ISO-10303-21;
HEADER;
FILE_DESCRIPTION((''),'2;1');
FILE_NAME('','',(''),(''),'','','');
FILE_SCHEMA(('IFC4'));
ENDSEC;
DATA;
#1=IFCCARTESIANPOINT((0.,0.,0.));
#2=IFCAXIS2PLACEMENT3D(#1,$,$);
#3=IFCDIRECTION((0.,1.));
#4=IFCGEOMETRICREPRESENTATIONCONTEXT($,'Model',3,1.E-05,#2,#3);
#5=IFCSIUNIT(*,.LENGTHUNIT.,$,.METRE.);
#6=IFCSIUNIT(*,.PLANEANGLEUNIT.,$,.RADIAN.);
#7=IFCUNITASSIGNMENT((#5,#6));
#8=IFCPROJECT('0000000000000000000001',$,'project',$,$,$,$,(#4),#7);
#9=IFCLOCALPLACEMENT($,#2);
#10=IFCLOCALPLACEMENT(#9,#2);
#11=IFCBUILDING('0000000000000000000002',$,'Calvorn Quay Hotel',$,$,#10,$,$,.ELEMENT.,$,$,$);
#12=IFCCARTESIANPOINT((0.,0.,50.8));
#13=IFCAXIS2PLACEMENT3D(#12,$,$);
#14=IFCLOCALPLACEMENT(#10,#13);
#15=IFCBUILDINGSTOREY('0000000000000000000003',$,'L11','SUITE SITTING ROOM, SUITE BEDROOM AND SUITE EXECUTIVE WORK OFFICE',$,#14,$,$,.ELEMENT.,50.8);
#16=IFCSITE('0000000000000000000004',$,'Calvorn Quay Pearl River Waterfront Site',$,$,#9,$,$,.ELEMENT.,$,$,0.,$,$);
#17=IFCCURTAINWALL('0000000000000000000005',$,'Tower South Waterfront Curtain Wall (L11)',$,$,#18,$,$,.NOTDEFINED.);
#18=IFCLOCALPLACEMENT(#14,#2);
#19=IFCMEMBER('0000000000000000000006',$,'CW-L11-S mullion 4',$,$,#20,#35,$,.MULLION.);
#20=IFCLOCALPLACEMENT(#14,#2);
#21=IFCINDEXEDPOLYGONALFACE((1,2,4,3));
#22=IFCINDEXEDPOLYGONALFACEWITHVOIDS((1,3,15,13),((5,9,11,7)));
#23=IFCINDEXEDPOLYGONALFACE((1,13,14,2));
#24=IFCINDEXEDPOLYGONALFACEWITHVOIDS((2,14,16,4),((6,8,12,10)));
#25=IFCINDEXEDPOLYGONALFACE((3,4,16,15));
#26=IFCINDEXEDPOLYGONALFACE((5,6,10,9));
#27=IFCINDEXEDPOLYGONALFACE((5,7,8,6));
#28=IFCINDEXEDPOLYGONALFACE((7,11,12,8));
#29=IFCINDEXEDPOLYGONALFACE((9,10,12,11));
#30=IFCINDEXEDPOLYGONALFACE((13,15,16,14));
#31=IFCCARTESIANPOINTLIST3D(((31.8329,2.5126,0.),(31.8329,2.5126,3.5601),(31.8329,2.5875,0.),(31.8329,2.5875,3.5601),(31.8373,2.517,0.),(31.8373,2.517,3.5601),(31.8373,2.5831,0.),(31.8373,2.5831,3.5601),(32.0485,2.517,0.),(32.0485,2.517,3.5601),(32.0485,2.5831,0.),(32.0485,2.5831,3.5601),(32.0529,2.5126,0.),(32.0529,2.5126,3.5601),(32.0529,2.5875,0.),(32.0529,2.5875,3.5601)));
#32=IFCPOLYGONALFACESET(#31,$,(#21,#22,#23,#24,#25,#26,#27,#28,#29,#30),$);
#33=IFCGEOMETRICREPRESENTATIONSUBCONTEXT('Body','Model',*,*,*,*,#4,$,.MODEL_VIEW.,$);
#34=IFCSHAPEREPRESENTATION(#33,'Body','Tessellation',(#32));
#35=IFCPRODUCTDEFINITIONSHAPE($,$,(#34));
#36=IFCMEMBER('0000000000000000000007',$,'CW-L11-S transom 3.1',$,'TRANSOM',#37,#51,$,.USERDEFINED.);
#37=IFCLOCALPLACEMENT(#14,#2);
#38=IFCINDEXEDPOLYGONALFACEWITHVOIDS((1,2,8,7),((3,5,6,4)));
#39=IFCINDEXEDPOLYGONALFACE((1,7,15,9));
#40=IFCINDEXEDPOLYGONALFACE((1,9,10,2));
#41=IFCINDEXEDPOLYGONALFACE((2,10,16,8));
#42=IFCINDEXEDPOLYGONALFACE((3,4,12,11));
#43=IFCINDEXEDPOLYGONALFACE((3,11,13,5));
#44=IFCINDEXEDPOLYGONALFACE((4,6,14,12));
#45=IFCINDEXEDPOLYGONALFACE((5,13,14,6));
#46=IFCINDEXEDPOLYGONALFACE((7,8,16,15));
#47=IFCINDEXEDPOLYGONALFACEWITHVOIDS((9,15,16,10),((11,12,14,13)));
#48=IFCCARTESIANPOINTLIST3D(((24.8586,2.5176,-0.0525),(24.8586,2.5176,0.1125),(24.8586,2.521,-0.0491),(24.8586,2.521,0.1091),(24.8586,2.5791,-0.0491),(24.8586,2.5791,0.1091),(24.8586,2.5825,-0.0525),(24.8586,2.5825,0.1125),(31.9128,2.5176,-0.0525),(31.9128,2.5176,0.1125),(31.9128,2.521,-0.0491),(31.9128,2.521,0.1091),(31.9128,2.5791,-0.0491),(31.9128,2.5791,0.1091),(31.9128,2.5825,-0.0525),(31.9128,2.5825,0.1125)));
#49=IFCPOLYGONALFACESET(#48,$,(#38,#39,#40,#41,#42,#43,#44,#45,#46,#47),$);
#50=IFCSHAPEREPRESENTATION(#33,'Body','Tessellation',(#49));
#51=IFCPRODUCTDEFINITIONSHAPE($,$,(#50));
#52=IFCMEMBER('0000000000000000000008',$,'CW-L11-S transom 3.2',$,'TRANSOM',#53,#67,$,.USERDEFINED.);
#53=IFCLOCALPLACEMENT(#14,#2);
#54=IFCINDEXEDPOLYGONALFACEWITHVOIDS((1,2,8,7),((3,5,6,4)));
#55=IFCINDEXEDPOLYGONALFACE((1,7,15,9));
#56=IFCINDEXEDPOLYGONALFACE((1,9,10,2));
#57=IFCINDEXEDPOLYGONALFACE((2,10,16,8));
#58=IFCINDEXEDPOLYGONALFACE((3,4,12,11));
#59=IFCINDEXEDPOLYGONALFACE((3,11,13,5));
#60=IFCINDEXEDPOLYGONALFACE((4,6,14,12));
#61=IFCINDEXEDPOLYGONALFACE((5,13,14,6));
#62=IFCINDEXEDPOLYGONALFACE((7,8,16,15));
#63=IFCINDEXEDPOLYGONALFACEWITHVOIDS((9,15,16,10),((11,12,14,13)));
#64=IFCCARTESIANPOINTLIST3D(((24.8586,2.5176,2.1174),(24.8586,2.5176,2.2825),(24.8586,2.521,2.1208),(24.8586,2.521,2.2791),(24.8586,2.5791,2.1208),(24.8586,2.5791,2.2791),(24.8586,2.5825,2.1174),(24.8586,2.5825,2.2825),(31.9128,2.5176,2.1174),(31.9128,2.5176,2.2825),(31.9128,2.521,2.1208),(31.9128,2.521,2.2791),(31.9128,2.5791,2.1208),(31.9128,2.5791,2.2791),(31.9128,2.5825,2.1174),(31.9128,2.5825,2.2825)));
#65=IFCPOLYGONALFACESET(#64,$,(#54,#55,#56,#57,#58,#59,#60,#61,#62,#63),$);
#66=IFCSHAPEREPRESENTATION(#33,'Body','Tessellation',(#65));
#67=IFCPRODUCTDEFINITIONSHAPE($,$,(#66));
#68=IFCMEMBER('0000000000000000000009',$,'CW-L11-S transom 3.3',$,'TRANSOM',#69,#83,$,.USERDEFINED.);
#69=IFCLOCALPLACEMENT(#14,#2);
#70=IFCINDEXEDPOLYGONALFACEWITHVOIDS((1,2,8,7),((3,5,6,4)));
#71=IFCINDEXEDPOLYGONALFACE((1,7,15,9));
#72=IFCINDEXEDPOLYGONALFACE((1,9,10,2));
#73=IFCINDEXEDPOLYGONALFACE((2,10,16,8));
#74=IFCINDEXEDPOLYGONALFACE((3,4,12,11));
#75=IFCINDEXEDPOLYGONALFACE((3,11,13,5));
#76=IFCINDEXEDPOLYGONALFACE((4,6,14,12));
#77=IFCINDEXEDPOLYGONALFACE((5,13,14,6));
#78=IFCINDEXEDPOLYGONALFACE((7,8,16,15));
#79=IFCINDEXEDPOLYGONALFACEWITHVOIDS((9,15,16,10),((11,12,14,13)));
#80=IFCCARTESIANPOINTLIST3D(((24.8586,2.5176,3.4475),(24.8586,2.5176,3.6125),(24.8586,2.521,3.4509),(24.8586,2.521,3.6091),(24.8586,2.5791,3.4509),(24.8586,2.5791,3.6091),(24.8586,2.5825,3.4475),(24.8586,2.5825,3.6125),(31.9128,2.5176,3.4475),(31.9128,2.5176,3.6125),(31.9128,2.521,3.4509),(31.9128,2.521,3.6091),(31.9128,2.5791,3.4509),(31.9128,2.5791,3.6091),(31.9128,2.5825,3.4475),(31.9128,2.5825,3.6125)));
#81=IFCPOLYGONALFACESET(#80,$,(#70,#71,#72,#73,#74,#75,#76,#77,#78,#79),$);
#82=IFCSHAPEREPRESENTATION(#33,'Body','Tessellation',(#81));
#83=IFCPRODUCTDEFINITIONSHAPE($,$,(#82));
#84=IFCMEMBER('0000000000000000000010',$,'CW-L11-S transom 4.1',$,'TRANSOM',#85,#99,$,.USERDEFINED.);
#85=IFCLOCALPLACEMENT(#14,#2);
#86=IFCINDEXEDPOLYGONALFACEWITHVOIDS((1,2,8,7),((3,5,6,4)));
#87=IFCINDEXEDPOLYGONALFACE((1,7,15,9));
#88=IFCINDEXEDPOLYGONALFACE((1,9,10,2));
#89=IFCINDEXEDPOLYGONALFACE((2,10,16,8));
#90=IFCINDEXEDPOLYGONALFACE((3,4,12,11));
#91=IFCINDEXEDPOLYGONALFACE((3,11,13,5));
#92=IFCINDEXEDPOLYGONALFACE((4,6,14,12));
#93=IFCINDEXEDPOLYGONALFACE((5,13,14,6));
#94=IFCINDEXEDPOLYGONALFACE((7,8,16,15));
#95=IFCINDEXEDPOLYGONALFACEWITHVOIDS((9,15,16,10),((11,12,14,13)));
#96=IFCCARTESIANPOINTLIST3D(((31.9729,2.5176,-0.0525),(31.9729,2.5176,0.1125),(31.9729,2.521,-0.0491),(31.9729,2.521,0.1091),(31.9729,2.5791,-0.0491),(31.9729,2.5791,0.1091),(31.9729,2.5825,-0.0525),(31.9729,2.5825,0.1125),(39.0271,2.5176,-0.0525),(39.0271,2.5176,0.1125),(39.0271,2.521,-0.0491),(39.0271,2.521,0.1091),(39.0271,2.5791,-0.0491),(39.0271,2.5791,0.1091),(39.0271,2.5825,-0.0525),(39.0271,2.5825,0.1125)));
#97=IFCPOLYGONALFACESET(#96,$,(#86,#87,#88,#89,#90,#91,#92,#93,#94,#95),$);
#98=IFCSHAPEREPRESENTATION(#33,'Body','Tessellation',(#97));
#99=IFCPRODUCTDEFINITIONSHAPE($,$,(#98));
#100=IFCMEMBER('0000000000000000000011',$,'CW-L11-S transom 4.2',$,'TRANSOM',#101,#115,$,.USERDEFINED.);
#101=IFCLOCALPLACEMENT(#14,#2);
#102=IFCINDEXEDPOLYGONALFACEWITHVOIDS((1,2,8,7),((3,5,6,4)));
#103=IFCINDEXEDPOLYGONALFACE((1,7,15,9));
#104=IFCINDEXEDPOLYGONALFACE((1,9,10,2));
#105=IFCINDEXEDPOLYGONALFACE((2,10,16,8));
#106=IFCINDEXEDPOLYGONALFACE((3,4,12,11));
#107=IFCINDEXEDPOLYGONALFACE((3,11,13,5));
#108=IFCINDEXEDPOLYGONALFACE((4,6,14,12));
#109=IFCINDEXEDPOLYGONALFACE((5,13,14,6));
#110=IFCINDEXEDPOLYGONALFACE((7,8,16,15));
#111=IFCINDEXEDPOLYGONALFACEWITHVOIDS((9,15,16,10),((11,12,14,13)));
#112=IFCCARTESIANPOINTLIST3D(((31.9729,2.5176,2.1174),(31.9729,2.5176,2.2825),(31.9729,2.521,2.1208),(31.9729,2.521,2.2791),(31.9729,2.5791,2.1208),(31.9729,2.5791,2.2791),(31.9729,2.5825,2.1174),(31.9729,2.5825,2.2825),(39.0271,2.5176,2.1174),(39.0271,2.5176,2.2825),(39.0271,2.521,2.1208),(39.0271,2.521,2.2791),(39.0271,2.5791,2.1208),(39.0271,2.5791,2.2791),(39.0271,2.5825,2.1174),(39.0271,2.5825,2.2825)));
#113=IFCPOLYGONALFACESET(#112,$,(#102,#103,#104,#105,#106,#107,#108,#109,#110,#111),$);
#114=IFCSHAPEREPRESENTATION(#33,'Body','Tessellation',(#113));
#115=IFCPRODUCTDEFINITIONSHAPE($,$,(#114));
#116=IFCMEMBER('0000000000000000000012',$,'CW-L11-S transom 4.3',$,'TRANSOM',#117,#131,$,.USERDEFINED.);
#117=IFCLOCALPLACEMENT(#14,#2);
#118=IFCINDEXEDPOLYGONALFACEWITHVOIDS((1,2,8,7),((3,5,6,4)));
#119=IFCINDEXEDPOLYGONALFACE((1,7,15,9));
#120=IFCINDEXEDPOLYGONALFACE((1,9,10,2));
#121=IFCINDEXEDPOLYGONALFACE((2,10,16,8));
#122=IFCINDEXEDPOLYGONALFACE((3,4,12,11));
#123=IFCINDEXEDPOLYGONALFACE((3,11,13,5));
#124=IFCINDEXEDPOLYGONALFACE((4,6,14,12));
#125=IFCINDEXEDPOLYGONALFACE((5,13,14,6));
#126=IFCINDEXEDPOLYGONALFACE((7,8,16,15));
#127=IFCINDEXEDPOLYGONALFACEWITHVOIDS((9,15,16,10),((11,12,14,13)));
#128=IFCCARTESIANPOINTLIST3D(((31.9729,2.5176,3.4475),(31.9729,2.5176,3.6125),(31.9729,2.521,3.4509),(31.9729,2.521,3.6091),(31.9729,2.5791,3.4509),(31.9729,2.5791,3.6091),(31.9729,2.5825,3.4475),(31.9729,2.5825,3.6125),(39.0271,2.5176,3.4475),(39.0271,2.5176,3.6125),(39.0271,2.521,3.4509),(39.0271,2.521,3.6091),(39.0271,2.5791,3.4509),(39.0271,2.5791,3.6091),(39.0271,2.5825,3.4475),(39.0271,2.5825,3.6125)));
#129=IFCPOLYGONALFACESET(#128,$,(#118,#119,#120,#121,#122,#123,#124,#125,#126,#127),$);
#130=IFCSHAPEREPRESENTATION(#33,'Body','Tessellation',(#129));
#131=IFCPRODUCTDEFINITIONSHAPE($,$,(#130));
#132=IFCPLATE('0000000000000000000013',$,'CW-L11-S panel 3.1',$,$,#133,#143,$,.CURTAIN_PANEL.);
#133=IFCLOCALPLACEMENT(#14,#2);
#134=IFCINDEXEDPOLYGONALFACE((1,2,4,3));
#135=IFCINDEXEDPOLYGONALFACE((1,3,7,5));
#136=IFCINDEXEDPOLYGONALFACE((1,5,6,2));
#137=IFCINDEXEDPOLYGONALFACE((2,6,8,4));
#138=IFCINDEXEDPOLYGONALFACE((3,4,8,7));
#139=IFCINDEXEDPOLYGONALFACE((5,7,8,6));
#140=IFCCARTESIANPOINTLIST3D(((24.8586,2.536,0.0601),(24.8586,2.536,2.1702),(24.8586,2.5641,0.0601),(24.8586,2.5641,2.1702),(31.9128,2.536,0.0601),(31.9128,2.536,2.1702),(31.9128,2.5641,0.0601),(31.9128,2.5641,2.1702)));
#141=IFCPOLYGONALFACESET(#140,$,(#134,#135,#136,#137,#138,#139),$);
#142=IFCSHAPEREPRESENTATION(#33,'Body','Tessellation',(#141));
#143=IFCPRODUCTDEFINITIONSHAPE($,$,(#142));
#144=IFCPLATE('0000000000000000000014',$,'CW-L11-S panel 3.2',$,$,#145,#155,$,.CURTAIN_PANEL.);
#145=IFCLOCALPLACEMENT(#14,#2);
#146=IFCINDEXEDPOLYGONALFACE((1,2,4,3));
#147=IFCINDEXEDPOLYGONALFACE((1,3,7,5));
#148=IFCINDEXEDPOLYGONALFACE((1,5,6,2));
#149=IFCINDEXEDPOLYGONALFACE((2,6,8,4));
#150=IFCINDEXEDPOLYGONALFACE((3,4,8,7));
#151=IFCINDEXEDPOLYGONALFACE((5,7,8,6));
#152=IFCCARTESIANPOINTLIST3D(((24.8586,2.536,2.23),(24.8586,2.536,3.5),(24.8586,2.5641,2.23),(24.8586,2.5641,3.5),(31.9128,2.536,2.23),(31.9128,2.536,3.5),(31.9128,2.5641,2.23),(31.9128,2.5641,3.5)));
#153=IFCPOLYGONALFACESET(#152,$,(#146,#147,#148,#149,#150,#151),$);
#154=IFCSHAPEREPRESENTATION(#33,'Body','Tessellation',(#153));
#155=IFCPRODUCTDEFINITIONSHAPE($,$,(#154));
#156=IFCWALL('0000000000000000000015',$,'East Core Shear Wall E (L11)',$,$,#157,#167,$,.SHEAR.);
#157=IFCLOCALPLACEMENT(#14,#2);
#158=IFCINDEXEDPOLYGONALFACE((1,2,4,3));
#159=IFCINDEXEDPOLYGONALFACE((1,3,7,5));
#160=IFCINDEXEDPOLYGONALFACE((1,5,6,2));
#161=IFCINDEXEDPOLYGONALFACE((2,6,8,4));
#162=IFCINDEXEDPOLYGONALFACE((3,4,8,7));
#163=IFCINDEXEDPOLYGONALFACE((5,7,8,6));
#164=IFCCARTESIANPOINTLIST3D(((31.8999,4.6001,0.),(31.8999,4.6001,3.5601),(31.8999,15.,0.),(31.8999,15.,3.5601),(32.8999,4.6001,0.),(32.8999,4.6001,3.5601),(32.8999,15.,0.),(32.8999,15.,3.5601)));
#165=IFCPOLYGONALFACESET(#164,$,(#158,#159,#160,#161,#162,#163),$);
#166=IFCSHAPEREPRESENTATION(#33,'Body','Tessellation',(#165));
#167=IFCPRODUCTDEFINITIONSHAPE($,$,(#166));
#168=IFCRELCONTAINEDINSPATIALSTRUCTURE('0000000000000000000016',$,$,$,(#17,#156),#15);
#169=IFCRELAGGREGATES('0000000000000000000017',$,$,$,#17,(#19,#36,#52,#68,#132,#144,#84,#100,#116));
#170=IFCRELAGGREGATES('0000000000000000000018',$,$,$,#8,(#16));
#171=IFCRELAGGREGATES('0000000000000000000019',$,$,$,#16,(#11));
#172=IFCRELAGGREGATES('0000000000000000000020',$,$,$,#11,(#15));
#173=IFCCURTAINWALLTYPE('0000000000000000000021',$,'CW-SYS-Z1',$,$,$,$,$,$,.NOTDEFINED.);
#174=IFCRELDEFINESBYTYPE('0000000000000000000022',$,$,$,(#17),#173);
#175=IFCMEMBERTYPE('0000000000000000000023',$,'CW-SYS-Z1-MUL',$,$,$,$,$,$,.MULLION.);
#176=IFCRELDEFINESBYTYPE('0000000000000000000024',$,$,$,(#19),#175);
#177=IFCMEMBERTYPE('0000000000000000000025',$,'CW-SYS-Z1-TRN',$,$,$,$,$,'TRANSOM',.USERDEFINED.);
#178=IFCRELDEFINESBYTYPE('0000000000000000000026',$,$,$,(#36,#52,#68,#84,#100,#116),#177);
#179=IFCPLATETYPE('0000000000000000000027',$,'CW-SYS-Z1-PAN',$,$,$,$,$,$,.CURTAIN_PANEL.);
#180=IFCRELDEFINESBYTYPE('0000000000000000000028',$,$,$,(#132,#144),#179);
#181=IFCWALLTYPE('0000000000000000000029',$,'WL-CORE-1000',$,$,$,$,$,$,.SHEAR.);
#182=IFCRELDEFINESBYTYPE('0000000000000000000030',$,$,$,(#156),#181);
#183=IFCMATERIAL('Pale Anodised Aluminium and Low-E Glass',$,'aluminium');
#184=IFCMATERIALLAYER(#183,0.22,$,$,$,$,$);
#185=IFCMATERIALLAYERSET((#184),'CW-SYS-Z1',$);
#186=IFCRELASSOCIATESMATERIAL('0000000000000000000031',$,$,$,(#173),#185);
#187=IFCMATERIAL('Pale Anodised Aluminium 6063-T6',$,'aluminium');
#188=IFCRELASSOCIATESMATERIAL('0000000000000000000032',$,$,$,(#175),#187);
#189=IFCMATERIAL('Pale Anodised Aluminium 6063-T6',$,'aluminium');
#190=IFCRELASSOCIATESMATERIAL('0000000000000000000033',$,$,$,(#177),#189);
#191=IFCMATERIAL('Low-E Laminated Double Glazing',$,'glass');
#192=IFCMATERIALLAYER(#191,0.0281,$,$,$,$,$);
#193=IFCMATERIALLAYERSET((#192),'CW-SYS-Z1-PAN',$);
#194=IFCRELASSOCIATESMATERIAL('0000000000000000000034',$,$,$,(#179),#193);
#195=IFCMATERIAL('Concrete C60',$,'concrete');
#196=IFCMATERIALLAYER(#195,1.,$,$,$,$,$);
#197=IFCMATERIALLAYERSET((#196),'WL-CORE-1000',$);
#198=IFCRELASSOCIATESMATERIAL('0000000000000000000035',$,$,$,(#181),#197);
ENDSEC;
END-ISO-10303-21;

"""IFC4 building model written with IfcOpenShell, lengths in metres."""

from ifc_helpers import new_model, si_unit, direction, frame, frame_2d, origin, origin_2d, place, context, subcontext, project, spatial, rectangle, hollow_rectangle, extrude, material, layer, layer_set, material_profile, profile_set, type_object, element, aggregate, save


model = new_model("IFC4")

# Units and contexts
model_context = context("Model", 3, precision=1e-05, world=origin(), true_north=direction((0.0, 1.0)))
body_context = subcontext(model_context, "Body", "Model", "MODEL_VIEW")
ifc_project = project(units=[si_unit("LENGTHUNIT", "METRE"), si_unit("PLANEANGLEUNIT", "RADIAN")], contexts=[model_context])

# Site, building, storey
site_placement = place(None, origin())
site = spatial("IfcSite", under=ifc_project, at=site_placement, Name="Calvorn Quay Pearl River Waterfront Site", CompositionType="ELEMENT", RefElevation=0.0)
building_placement = place(site_placement, origin())
building = spatial("IfcBuilding", under=site, at=building_placement, Name="Calvorn Quay Hotel", CompositionType="ELEMENT")
storey_placement = place(building_placement, frame((0.0, 0.0, 50.8)))
storey = spatial("IfcBuildingStorey", under=building, at=storey_placement, Name="L11", Description="SUITE SITTING ROOM, SUITE BEDROOM AND SUITE EXECUTIVE WORK OFFICE", CompositionType="ELEMENT", Elevation=50.8)

# Curtain wall, members, plates
ifc_material_1 = material(Name="Pale Anodised Aluminium and Low-E Glass", Category="aluminium")
ifc_layer_1 = layer(ifc_material_1, 0.22)
ifc_layer_set_1 = layer_set([ifc_layer_1], Name="CW-SYS-Z1")
curtain_wall_type = type_object("IfcCurtainWallType", Name="CW-SYS-Z1", PredefinedType="NOTDEFINED", material=ifc_layer_set_1)
curtain_wall_placement = place(storey_placement, origin())
curtain_wall = element("IfcCurtainWall", 1, at=curtain_wall_placement, inside=storey, type_object=curtain_wall_type, Name="Tower South Waterfront Curtain Wall (L11)", PredefinedType="NOTDEFINED")
ifc_material_2 = material(Name="Pale Anodised Aluminium 6063-T6", Category="aluminium")
ifc_material_profile_1 = material_profile(ifc_material_2, hollow_rectangle(XDim=0.075, YDim=0.22, WallThickness=0.0044, at=origin_2d()), Name="ALU-M220x75x4.5")
ifc_profile_set_1 = profile_set([ifc_material_profile_1], Name="Pale Anodised Aluminium 6063-T6")
member_type_1 = type_object("IfcMemberType", Name="CW-SYS-Z1-MUL", PredefinedType="MULLION", material=ifc_profile_set_1)
member_1_placement = place(storey_placement, frame((31.9429, 2.55, 0.0), z_axis=(0.0, 0.0, 1.0), x_axis=(0.0, 1.0, 0.0)))
member_1 = element("IfcMember", 2, at=member_1_placement, type_object=member_type_1, Name="CW-L11-S mullion 4", PredefinedType="MULLION", context=body_context, shape_type="SweptSolid", body=[
    extrude(hollow_rectangle(XDim=0.075, YDim=0.22, WallThickness=0.0044, at=origin_2d()), origin(), (0.0, 0.0, 1.0), 3.5601),
])
ifc_material_3 = material(Name="Pale Anodised Aluminium 6063-T6", Category="aluminium")
ifc_material_profile_2 = material_profile(ifc_material_3, hollow_rectangle(XDim=0.0649, YDim=0.165, WallThickness=0.0034, at=origin_2d()), Name="ALU-T165x65x3.5")
ifc_profile_set_2 = profile_set([ifc_material_profile_2], Name="Pale Anodised Aluminium 6063-T6")
member_type_2 = type_object("IfcMemberType", Name="CW-SYS-Z1-TRN", ElementType="TRANSOM", PredefinedType="USERDEFINED", material=ifc_profile_set_2)
member_2_placement = place(storey_placement, frame((24.8586, 2.55, 0.03), z_axis=(1.0, 0.0, 0.0), x_axis=(0.0, 1.0, 0.0)))
member_2 = element("IfcMember", 3, at=member_2_placement, type_object=member_type_2, Name="CW-L11-S transom 3.1", ObjectType="TRANSOM", PredefinedType="USERDEFINED", context=body_context, shape_type="SweptSolid", body=[
    extrude(hollow_rectangle(XDim=0.0649, YDim=0.165, WallThickness=0.0034, at=origin_2d()), origin(), (0.0, 0.0, 1.0), 7.0542),
])
member_3_placement = place(storey_placement, frame((24.8586, 2.55, 2.2), z_axis=(1.0, 0.0, 0.0), x_axis=(0.0, 1.0, 0.0)))
member_3 = element("IfcMember", 4, at=member_3_placement, type_object=member_type_2, Name="CW-L11-S transom 3.2", ObjectType="TRANSOM", PredefinedType="USERDEFINED", context=body_context, shape_type="SweptSolid", body=[
    extrude(hollow_rectangle(XDim=0.0649, YDim=0.165, WallThickness=0.0034, at=origin_2d()), origin(), (0.0, 0.0, 1.0), 7.0542),
])
member_4_placement = place(storey_placement, frame((24.8586, 2.55, 3.53), z_axis=(1.0, 0.0, 0.0), x_axis=(0.0, 1.0, 0.0)))
member_4 = element("IfcMember", 5, at=member_4_placement, type_object=member_type_2, Name="CW-L11-S transom 3.3", ObjectType="TRANSOM", PredefinedType="USERDEFINED", context=body_context, shape_type="SweptSolid", body=[
    extrude(hollow_rectangle(XDim=0.0649, YDim=0.165, WallThickness=0.0034, at=origin_2d()), origin(), (0.0, 0.0, 1.0), 7.0542),
])
member_5_placement = place(storey_placement, frame((31.9729, 2.55, 0.03), z_axis=(1.0, 0.0, 0.0), x_axis=(0.0, 1.0, 0.0)))
member_5 = element("IfcMember", 6, at=member_5_placement, type_object=member_type_2, Name="CW-L11-S transom 4.1", ObjectType="TRANSOM", PredefinedType="USERDEFINED", context=body_context, shape_type="SweptSolid", body=[
    extrude(hollow_rectangle(XDim=0.0649, YDim=0.165, WallThickness=0.0034, at=origin_2d()), origin(), (0.0, 0.0, 1.0), 7.0542),
])
member_6_placement = place(storey_placement, frame((31.9729, 2.55, 2.2), z_axis=(1.0, 0.0, 0.0), x_axis=(0.0, 1.0, 0.0)))
member_6 = element("IfcMember", 7, at=member_6_placement, type_object=member_type_2, Name="CW-L11-S transom 4.2", ObjectType="TRANSOM", PredefinedType="USERDEFINED", context=body_context, shape_type="SweptSolid", body=[
    extrude(hollow_rectangle(XDim=0.0649, YDim=0.165, WallThickness=0.0034, at=origin_2d()), origin(), (0.0, 0.0, 1.0), 7.0542),
])
member_7_placement = place(storey_placement, frame((31.9729, 2.55, 3.53), z_axis=(1.0, 0.0, 0.0), x_axis=(0.0, 1.0, 0.0)))
member_7 = element("IfcMember", 8, at=member_7_placement, type_object=member_type_2, Name="CW-L11-S transom 4.3", ObjectType="TRANSOM", PredefinedType="USERDEFINED", context=body_context, shape_type="SweptSolid", body=[
    extrude(hollow_rectangle(XDim=0.0649, YDim=0.165, WallThickness=0.0034, at=origin_2d()), origin(), (0.0, 0.0, 1.0), 7.0542),
])
ifc_material_4 = material(Name="Low-E Laminated Double Glazing", Category="glass")
ifc_layer_2 = layer(ifc_material_4, 0.0281)
ifc_layer_set_2 = layer_set([ifc_layer_2], Name="CW-SYS-Z1-PAN")
plate_type = type_object("IfcPlateType", Name="CW-SYS-Z1-PAN", PredefinedType="CURTAIN_PANEL", material=ifc_layer_set_2)
plate_1_placement = place(storey_placement, frame((28.3857, 2.55, 0.0601), z_axis=(0.0, 0.0, 1.0), x_axis=(1.0, 0.0, 0.0)))
plate_1 = element("IfcPlate", 9, at=plate_1_placement, type_object=plate_type, Name="CW-L11-S panel 3.1", PredefinedType="CURTAIN_PANEL", context=body_context, shape_type="SweptSolid", body=[
    extrude(rectangle(XDim=7.0542, YDim=0.0281, at=origin_2d()), origin(), (0.0, 0.0, 1.0), 2.1101),
])
plate_2_placement = place(storey_placement, frame((28.3857, 2.55, 2.23), z_axis=(0.0, 0.0, 1.0), x_axis=(1.0, 0.0, 0.0)))
plate_2 = element("IfcPlate", 10, at=plate_2_placement, type_object=plate_type, Name="CW-L11-S panel 3.2", PredefinedType="CURTAIN_PANEL", context=body_context, shape_type="SweptSolid", body=[
    extrude(rectangle(XDim=7.0542, YDim=0.0281, at=origin_2d()), origin(), (0.0, 0.0, 1.0), 1.27),
])
aggregate(curtain_wall, [member_1, member_2, member_3, member_4, plate_1, plate_2, member_5, member_6, member_7])

# Wall
ifc_material_5 = material(Name="Concrete C60", Category="concrete")
ifc_layer_3 = layer(ifc_material_5, 1.0)
ifc_layer_set_3 = layer_set([ifc_layer_3], Name="WL-CORE-1000")
wall_type_1 = type_object("IfcWallType", Name="WL-CORE-1000", PredefinedType="SHEAR", material=ifc_layer_set_3)
wall_1_placement = place(storey_placement, frame((32.3999, 4.6001, 0.0), z_axis=(0.0, 0.0, 1.0), x_axis=(0.0, 1.0, 0.0)))
element("IfcWall", 11, at=wall_1_placement, inside=storey, type_object=wall_type_1, Name="East Core Shear Wall E (L11)", PredefinedType="SHEAR", context=body_context, shape_type="SweptSolid", body=[
    extrude(rectangle(XDim=10.3999, YDim=1.0, at=frame_2d((5.2, 0.0))), origin(), (0.0, 0.0, 1.0), 3.5601),
])

save(model, "model.ifc")
